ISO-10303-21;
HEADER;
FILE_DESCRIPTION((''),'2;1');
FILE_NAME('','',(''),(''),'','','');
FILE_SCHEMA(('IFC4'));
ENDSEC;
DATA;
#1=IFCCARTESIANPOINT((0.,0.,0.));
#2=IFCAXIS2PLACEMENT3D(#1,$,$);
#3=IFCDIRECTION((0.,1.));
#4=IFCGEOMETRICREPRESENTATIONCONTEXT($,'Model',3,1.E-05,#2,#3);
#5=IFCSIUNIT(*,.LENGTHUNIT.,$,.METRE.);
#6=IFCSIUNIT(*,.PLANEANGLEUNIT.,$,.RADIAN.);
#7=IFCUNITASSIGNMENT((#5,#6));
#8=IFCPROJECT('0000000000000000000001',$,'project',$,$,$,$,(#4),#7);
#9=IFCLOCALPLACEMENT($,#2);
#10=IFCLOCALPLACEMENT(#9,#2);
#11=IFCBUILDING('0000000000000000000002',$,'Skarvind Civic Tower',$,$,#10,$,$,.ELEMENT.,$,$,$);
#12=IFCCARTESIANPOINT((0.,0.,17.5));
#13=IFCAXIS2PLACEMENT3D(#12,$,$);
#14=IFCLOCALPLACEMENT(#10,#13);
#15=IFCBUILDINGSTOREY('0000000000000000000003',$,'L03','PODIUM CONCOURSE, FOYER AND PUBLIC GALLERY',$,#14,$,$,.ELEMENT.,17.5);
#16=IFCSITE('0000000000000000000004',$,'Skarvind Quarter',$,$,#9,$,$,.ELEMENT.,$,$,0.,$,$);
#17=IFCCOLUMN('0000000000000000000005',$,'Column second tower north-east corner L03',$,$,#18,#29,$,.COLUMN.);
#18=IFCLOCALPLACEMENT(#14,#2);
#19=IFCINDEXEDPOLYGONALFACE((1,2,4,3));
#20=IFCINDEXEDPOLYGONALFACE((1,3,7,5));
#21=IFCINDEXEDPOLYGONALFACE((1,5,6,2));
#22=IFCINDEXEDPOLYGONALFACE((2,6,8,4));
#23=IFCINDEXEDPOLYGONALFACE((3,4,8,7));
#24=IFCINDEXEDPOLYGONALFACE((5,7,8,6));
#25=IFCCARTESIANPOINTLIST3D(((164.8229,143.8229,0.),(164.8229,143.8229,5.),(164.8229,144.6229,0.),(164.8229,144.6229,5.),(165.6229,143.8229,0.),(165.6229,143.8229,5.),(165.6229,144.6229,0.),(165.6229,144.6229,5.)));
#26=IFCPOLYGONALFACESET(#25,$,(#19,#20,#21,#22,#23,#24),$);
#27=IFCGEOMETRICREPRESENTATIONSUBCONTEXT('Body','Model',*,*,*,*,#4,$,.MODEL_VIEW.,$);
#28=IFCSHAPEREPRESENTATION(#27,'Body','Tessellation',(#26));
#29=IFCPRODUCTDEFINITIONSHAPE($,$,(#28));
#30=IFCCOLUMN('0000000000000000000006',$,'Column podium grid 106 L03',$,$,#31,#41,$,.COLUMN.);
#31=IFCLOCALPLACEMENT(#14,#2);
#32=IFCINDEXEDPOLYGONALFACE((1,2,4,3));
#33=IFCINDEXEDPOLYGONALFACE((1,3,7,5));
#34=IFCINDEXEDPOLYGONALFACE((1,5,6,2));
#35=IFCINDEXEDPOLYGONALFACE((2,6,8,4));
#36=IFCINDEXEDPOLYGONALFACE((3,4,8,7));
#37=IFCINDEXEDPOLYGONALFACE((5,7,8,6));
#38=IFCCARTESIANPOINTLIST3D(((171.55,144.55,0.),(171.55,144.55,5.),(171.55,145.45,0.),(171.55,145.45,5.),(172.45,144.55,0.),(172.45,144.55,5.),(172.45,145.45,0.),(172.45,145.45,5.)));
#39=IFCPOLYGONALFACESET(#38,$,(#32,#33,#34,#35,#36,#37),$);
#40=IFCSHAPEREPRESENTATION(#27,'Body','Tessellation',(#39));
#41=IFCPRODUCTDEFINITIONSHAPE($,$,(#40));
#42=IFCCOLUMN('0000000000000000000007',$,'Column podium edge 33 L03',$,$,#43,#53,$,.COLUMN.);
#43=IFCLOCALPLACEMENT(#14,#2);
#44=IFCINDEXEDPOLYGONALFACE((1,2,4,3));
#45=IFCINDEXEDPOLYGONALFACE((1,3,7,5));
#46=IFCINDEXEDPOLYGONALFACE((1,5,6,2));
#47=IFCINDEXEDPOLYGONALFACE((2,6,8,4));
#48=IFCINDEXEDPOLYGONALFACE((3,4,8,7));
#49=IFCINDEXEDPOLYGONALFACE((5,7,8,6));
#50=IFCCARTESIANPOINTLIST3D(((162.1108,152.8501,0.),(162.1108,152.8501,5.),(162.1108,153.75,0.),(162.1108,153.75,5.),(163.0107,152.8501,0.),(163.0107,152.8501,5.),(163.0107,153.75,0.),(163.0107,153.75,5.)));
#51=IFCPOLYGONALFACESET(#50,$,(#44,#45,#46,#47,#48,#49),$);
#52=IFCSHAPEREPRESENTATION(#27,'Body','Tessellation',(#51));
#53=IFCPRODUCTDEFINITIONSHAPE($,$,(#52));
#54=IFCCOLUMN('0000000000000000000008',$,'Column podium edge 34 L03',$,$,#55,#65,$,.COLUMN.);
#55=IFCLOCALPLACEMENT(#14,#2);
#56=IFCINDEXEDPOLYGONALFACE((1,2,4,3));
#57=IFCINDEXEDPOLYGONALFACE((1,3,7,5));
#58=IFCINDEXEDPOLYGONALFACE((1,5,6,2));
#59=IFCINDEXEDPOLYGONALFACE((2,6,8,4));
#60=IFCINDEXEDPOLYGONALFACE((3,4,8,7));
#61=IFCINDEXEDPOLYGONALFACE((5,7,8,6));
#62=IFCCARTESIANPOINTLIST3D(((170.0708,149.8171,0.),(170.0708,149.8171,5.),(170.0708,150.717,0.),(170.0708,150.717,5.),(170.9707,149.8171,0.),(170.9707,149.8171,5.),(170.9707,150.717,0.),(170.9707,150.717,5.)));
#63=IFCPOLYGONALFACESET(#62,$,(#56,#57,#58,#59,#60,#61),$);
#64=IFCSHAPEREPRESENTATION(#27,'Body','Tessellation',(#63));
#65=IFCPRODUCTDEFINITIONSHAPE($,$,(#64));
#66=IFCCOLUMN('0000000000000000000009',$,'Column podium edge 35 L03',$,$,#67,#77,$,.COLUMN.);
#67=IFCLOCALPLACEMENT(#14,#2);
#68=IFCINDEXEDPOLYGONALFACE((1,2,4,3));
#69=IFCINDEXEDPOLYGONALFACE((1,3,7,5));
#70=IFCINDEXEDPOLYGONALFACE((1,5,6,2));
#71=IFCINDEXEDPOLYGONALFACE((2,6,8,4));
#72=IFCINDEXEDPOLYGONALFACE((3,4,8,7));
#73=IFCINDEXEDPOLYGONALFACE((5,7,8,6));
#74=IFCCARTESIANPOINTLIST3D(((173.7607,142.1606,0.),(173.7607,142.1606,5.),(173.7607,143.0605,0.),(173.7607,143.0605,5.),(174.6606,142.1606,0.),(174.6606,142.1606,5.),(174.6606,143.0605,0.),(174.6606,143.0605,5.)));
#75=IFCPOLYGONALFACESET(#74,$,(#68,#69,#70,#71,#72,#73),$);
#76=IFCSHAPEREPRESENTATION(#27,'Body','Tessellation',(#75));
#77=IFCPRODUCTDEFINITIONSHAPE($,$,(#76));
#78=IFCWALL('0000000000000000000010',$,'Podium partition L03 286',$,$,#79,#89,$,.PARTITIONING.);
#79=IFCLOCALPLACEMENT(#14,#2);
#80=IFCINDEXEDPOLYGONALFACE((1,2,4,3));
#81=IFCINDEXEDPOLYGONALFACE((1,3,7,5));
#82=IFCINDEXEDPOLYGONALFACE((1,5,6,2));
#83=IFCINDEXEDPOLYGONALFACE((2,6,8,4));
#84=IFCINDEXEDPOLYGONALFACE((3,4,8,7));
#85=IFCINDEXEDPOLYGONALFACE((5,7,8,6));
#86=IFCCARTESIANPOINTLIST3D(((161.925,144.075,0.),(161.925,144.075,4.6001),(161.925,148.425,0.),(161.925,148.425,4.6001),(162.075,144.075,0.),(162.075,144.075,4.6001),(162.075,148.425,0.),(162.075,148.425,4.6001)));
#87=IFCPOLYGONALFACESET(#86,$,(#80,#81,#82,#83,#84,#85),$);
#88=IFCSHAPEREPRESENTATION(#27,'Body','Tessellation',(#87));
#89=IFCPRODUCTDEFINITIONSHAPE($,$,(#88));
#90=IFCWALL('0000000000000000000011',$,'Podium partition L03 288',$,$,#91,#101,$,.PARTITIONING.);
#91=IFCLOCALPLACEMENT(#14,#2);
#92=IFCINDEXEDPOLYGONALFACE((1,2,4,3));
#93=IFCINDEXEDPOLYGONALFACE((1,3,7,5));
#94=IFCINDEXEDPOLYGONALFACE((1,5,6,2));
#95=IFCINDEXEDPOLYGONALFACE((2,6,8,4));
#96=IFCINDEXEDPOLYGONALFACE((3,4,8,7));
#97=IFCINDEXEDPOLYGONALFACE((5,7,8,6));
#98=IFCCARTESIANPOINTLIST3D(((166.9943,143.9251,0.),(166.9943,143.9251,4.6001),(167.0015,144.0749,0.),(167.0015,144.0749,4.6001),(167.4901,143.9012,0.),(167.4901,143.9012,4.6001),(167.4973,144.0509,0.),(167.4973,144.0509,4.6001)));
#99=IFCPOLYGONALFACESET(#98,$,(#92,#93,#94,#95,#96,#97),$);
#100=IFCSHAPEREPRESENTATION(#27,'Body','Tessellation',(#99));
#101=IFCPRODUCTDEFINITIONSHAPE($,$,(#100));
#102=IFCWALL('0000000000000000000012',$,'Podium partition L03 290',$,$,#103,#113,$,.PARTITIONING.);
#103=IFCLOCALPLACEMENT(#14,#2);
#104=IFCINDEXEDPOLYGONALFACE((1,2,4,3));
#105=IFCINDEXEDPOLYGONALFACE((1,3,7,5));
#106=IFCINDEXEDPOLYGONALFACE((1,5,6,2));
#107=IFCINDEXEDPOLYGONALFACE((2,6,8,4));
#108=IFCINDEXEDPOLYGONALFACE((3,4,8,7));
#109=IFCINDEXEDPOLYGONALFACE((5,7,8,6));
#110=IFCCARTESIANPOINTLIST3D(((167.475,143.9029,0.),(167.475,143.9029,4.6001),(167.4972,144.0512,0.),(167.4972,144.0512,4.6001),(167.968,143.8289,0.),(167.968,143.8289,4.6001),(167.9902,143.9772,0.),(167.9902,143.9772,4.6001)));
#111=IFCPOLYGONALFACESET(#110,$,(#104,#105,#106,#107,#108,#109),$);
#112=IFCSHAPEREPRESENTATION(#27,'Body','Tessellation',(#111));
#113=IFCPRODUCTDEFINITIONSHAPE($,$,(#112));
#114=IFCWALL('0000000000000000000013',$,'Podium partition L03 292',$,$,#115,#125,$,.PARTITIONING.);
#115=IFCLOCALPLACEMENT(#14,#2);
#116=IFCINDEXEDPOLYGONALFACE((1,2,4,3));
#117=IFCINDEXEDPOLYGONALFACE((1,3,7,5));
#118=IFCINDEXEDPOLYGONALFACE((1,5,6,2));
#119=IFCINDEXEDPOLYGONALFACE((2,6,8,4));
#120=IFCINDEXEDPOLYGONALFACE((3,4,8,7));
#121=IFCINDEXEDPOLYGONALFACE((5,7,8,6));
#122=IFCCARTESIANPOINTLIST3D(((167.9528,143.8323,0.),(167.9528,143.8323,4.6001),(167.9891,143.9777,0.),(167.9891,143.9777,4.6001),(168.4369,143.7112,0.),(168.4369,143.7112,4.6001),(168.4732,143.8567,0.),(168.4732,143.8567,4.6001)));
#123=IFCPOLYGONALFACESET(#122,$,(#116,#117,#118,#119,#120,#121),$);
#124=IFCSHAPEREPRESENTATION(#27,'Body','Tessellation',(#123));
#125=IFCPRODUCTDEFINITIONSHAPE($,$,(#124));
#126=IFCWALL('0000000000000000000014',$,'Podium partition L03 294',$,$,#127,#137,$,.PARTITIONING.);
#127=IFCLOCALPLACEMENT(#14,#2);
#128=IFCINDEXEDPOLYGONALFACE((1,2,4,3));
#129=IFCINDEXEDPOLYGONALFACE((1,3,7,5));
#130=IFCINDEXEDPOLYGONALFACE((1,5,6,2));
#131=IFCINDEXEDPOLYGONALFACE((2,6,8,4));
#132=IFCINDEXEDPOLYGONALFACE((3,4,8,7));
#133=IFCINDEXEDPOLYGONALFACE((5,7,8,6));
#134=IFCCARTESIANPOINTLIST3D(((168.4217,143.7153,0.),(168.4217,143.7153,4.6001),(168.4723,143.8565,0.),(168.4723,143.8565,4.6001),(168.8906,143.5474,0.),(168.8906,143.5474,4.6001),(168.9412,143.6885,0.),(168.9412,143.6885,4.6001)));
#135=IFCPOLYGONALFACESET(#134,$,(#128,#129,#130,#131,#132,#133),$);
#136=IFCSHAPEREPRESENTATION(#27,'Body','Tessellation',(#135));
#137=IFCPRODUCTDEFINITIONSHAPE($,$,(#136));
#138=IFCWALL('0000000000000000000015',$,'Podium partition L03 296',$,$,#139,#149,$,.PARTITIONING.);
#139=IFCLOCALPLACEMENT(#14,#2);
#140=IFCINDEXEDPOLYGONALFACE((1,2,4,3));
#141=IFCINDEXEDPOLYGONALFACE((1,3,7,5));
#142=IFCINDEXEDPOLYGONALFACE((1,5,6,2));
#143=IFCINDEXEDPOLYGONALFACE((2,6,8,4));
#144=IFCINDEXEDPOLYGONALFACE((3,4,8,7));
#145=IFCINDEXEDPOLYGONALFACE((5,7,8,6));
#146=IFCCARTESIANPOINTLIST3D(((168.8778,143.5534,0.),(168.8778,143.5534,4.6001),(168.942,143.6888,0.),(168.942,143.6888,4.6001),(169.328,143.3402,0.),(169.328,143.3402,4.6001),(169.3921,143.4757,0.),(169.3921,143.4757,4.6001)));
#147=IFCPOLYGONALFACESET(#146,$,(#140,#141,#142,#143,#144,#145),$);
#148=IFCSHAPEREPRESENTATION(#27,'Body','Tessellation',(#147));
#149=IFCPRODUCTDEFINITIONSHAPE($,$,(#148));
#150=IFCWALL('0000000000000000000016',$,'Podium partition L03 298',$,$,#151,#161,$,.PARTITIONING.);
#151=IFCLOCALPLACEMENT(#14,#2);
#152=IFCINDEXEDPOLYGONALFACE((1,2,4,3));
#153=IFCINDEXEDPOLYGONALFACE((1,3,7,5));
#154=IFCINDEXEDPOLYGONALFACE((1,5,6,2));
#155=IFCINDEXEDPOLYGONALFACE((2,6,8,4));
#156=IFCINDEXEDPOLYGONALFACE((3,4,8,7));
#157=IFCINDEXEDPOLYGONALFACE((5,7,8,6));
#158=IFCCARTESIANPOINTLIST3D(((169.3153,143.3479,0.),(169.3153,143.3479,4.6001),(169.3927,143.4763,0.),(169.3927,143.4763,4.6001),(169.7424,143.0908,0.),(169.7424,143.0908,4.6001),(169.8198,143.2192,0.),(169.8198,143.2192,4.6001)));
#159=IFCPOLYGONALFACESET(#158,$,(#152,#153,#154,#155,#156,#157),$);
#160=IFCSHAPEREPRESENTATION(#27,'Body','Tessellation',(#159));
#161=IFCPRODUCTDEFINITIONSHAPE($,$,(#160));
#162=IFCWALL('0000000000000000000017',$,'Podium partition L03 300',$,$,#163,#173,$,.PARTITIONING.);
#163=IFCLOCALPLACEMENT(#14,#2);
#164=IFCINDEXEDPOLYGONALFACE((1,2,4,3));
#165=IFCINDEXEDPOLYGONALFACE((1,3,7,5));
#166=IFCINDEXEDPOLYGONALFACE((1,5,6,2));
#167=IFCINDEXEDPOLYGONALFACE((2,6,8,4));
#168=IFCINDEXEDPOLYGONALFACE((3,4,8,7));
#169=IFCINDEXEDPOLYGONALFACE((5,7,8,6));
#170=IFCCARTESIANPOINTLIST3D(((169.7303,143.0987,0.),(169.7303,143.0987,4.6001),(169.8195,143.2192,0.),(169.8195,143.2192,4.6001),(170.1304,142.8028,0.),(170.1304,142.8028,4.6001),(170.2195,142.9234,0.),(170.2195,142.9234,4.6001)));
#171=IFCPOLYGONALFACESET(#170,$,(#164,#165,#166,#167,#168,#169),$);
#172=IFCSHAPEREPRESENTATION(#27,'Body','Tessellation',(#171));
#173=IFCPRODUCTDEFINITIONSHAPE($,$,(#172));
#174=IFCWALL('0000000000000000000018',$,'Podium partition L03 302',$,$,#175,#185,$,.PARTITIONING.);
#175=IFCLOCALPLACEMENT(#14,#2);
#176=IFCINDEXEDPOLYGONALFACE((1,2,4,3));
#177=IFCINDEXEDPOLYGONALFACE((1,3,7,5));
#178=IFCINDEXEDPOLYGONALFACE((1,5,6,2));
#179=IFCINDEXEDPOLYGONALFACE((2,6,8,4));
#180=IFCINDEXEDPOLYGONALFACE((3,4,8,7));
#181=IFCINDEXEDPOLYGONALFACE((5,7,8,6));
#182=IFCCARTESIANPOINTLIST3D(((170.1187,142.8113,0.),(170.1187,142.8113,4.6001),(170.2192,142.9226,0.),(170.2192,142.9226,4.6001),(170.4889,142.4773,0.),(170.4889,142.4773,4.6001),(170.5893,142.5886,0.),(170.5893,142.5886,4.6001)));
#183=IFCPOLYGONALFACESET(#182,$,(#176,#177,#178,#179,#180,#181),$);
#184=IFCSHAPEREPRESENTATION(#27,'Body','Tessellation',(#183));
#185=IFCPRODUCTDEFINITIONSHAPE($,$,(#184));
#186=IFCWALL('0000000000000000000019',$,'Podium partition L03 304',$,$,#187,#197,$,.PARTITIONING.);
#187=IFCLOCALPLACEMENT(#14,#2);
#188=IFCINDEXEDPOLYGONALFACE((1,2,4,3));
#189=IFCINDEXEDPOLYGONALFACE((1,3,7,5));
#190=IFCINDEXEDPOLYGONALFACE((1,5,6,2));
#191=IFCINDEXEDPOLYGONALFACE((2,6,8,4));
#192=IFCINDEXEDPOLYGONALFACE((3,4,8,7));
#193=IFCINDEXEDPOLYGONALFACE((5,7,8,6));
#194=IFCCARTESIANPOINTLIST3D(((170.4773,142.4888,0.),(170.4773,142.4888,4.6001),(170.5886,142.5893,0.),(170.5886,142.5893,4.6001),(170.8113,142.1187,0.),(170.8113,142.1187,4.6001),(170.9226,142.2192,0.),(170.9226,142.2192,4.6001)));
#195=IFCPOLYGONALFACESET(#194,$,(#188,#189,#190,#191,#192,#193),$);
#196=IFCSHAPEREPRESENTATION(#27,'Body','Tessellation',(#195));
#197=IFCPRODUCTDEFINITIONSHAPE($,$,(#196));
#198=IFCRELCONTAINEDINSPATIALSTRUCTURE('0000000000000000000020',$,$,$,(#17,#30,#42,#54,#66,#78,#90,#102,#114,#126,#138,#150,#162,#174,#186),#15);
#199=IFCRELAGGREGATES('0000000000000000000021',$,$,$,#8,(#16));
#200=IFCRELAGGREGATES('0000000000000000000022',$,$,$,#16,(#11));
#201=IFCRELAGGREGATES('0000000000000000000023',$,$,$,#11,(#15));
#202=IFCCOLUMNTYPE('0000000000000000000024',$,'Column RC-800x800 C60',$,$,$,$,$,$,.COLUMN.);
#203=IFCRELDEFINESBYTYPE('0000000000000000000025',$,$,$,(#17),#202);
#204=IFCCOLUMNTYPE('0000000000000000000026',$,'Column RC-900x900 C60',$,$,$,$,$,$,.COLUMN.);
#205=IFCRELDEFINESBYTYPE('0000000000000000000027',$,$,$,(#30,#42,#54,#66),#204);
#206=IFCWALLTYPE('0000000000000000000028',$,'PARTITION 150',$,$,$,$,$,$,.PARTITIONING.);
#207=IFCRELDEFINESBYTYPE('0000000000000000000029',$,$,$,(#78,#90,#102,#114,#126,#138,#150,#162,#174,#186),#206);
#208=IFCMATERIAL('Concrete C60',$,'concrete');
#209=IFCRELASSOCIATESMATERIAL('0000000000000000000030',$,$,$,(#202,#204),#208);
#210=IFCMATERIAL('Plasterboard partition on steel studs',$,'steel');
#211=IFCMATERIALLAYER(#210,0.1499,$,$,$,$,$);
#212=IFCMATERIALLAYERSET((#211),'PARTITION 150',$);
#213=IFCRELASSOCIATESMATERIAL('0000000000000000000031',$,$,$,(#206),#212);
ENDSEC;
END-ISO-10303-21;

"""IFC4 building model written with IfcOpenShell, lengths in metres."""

from ifc_helpers import new_model, si_unit, direction, frame, frame_2d, origin, origin_2d, place, context, subcontext, project, spatial, rectangle, extrude, material, layer, layer_set, material_profile, profile_set, type_object, element, save


model = new_model("IFC4")

# Units and contexts
model_context = context("Model", 3, precision=1e-05, world=origin(), true_north=direction((0.0, 1.0)))
body_context = subcontext(model_context, "Body", "Model", "MODEL_VIEW")
ifc_project = project(units=[si_unit("LENGTHUNIT", "METRE"), si_unit("PLANEANGLEUNIT", "RADIAN")], contexts=[model_context])

# Site, building, storey
site_placement = place(None, origin())
site = spatial("IfcSite", under=ifc_project, at=site_placement, Name="Skarvind Quarter", CompositionType="ELEMENT", RefElevation=0.0)
building_placement = place(site_placement, origin())
building = spatial("IfcBuilding", under=site, at=building_placement, Name="Skarvind Civic Tower", CompositionType="ELEMENT")
storey_placement = place(building_placement, frame((0.0, 0.0, 17.5)))
storey = spatial("IfcBuildingStorey", under=building, at=storey_placement, Name="L03", Description="PODIUM CONCOURSE, FOYER AND PUBLIC GALLERY", CompositionType="ELEMENT", Elevation=17.5)

# Columns
ifc_material_1 = material(Name="Concrete C60", Category="concrete")
ifc_material_profile_1 = material_profile(ifc_material_1, rectangle(XDim=0.8, YDim=0.8, at=origin_2d()), Name="RC-800x800")
ifc_profile_set_1 = profile_set([ifc_material_profile_1], Name="Concrete C60")
column_type_1 = type_object("IfcColumnType", Name="Column RC-800x800 C60", PredefinedType="COLUMN", material=ifc_profile_set_1)
column_placement = place(storey_placement, frame((165.2229, 144.2229, 0.0), z_axis=(0.0, 0.0, 1.0), x_axis=(1.0, 0.0, 0.0)))
element("IfcColumn", 1, at=column_placement, inside=storey, type_object=column_type_1, Name="Column second tower north-east corner L03", PredefinedType="COLUMN", context=body_context, shape_type="SweptSolid", body=[
    extrude(rectangle(XDim=0.8, YDim=0.8, at=origin_2d()), origin(), (0.0, 0.0, 1.0), 5.0),
])
ifc_material_profile_2 = material_profile(ifc_material_1, rectangle(XDim=0.8999, YDim=0.8999, at=origin_2d()), Name="RC-900x900")
ifc_profile_set_2 = profile_set([ifc_material_profile_2], Name="Concrete C60")
column_type_2 = type_object("IfcColumnType", Name="Column RC-900x900 C60", PredefinedType="COLUMN", material=ifc_profile_set_2)
for number, where, z_axis, x_axis, name in (
    (2, (172.0, 145.0, 0.0), (0.0, 0.0, 1.0), (1.0, 0.0, 0.0), "Column podium grid 106 L03"),
    (3, (162.5608, 153.3, 0.0), (0.0, 0.0, 1.0), (1.0, 0.0, 0.0), "Column podium edge 33 L03"),
    (4, (170.5208, 150.2671, 0.0), (0.0, 0.0, 1.0), (1.0, 0.0, 0.0), "Column podium edge 34 L03"),
    (5, (174.2107, 142.6106, 0.0), (0.0, 0.0, 1.0), (1.0, 0.0, 0.0), "Column podium edge 35 L03"),
):
    element("IfcColumn", number, at=place(storey_placement, frame(where, z_axis=z_axis, x_axis=x_axis)), inside=storey, type_object=column_type_2, Name=name, PredefinedType="COLUMN", context=body_context, shape_type="SweptSolid", body=[
        extrude(rectangle(XDim=0.8999, YDim=0.8999, at=origin_2d()), origin(), (0.0, 0.0, 1.0), 5.0),
    ])

# Walls
ifc_material_2 = material(Name="Plasterboard partition on steel studs", Category="steel")
ifc_layer_1 = layer(ifc_material_2, 0.1499)
ifc_layer_set_1 = layer_set([ifc_layer_1], Name="PARTITION 150")
wall_type_1 = type_object("IfcWallType", Name="PARTITION 150", PredefinedType="PARTITIONING", material=ifc_layer_set_1)
wall_1_placement = place(storey_placement, frame((162.0, 144.075, 0.0), z_axis=(0.0, 0.0, 1.0), x_axis=(0.0, 1.0, 0.0)))
element("IfcWall", 6, at=wall_1_placement, inside=storey, type_object=wall_type_1, Name="Podium partition L03 286", PredefinedType="PARTITIONING", context=body_context, shape_type="SweptSolid", body=[
    extrude(rectangle(XDim=4.3501, YDim=0.1499, at=frame_2d((2.175, 0.0))), origin(), (0.0, 0.0, 1.0), 4.6001),
])
wall_2_placement = place(storey_placement, frame((166.998, 144.0, 0.0), z_axis=(0.0, 0.0, 1.0), x_axis=(0.998838, -0.048196, 0.0)))
element("IfcWall", 7, at=wall_2_placement, inside=storey, type_object=wall_type_1, Name="Podium partition L03 288", PredefinedType="PARTITIONING", context=body_context, shape_type="SweptSolid", body=[
    extrude(rectangle(XDim=0.4963, YDim=0.1499, at=frame_2d((0.248, 0.0))), origin(), (0.0, 0.0, 1.0), 4.6001),
])
wall_3_placement = place(storey_placement, frame((167.4861, 143.9771, 0.0), z_axis=(0.0, 0.0, 1.0), x_axis=(0.988926, -0.148412, 0.0)))
element("IfcWall", 8, at=wall_3_placement, inside=storey, type_object=wall_type_1, Name="Podium partition L03 290", PredefinedType="PARTITIONING", context=body_context, shape_type="SweptSolid", body=[
    extrude(rectangle(XDim=0.4985, YDim=0.1499, at=frame_2d((0.2493, 0.0))), origin(), (0.0, 0.0, 1.0), 4.6001),
])
wall_4_placement = place(storey_placement, frame((167.9709, 143.905, 0.0), z_axis=(0.0, 0.0, 1.0), x_axis=(0.970114, -0.242651, 0.0)))
element("IfcWall", 9, at=wall_4_placement, inside=storey, type_object=wall_type_1, Name="Podium partition L03 292", PredefinedType="PARTITIONING", context=body_context, shape_type="SweptSolid", body=[
    extrude(rectangle(XDim=0.499, YDim=0.1499, at=frame_2d((0.2495, 0.0))), origin(), (0.0, 0.0, 1.0), 4.6001),
])
for number, where, z_axis, x_axis, name in (
    (10, (168.447, 143.7859, 0.0), (0.0, 0.0, 1.0), (0.941442, -0.337174, 0.0), "Podium partition L03 294"),
    (11, (168.9099, 143.6211, 0.0), (0.0, 0.0, 1.0), (0.903828, -0.427897, 0.0), "Podium partition L03 296"),
):
    element("IfcWall", number, at=place(storey_placement, frame(where, z_axis=z_axis, x_axis=x_axis)), inside=storey, type_object=wall_type_1, Name=name, PredefinedType="PARTITIONING", context=body_context, shape_type="SweptSolid", body=[
        extrude(rectangle(XDim=0.498, YDim=0.1499, at=frame_2d((0.249, 0.0))), origin(), (0.0, 0.0, 1.0), 4.6001),
    ])
wall_5_placement = place(storey_placement, frame((169.354, 143.4121, 0.0), z_axis=(0.0, 0.0, 1.0), x_axis=(0.856714, -0.515792, 0.0)))
element("IfcWall", 12, at=wall_5_placement, inside=storey, type_object=wall_type_1, Name="Podium partition L03 298", PredefinedType="PARTITIONING", context=body_context, shape_type="SweptSolid", body=[
    extrude(rectangle(XDim=0.4985, YDim=0.1499, at=frame_2d((0.2493, 0.0))), origin(), (0.0, 0.0, 1.0), 4.6001),
])
wall_6_placement = place(storey_placement, frame((169.7749, 143.1589, 0.0), z_axis=(0.0, 0.0, 1.0), x_axis=(0.804044, -0.59457, 0.0)))
element("IfcWall", 13, at=wall_6_placement, inside=storey, type_object=wall_type_1, Name="Podium partition L03 300", PredefinedType="PARTITIONING", context=body_context, shape_type="SweptSolid", body=[
    extrude(rectangle(XDim=0.4976, YDim=0.1499, at=frame_2d((0.2488, 0.0))), origin(), (0.0, 0.0, 1.0), 4.6001),
])
for number, where, z_axis, x_axis, name in (
    (14, (170.1689, 142.8669, 0.0), (0.0, 0.0, 1.0), (0.742417, -0.669938, 0.0), "Podium partition L03 302"),
    (15, (170.533, 142.5391, 0.0), (0.0, 0.0, 1.0), (0.669938, -0.742417, 0.0), "Podium partition L03 304"),
):
    element("IfcWall", number, at=place(storey_placement, frame(where, z_axis=z_axis, x_axis=x_axis)), inside=storey, type_object=wall_type_1, Name=name, PredefinedType="PARTITIONING", context=body_context, shape_type="SweptSolid", body=[
        extrude(rectangle(XDim=0.4985, YDim=0.1499, at=frame_2d((0.2493, 0.0))), origin(), (0.0, 0.0, 1.0), 4.6001),
    ])

save(model, "model.ifc")
